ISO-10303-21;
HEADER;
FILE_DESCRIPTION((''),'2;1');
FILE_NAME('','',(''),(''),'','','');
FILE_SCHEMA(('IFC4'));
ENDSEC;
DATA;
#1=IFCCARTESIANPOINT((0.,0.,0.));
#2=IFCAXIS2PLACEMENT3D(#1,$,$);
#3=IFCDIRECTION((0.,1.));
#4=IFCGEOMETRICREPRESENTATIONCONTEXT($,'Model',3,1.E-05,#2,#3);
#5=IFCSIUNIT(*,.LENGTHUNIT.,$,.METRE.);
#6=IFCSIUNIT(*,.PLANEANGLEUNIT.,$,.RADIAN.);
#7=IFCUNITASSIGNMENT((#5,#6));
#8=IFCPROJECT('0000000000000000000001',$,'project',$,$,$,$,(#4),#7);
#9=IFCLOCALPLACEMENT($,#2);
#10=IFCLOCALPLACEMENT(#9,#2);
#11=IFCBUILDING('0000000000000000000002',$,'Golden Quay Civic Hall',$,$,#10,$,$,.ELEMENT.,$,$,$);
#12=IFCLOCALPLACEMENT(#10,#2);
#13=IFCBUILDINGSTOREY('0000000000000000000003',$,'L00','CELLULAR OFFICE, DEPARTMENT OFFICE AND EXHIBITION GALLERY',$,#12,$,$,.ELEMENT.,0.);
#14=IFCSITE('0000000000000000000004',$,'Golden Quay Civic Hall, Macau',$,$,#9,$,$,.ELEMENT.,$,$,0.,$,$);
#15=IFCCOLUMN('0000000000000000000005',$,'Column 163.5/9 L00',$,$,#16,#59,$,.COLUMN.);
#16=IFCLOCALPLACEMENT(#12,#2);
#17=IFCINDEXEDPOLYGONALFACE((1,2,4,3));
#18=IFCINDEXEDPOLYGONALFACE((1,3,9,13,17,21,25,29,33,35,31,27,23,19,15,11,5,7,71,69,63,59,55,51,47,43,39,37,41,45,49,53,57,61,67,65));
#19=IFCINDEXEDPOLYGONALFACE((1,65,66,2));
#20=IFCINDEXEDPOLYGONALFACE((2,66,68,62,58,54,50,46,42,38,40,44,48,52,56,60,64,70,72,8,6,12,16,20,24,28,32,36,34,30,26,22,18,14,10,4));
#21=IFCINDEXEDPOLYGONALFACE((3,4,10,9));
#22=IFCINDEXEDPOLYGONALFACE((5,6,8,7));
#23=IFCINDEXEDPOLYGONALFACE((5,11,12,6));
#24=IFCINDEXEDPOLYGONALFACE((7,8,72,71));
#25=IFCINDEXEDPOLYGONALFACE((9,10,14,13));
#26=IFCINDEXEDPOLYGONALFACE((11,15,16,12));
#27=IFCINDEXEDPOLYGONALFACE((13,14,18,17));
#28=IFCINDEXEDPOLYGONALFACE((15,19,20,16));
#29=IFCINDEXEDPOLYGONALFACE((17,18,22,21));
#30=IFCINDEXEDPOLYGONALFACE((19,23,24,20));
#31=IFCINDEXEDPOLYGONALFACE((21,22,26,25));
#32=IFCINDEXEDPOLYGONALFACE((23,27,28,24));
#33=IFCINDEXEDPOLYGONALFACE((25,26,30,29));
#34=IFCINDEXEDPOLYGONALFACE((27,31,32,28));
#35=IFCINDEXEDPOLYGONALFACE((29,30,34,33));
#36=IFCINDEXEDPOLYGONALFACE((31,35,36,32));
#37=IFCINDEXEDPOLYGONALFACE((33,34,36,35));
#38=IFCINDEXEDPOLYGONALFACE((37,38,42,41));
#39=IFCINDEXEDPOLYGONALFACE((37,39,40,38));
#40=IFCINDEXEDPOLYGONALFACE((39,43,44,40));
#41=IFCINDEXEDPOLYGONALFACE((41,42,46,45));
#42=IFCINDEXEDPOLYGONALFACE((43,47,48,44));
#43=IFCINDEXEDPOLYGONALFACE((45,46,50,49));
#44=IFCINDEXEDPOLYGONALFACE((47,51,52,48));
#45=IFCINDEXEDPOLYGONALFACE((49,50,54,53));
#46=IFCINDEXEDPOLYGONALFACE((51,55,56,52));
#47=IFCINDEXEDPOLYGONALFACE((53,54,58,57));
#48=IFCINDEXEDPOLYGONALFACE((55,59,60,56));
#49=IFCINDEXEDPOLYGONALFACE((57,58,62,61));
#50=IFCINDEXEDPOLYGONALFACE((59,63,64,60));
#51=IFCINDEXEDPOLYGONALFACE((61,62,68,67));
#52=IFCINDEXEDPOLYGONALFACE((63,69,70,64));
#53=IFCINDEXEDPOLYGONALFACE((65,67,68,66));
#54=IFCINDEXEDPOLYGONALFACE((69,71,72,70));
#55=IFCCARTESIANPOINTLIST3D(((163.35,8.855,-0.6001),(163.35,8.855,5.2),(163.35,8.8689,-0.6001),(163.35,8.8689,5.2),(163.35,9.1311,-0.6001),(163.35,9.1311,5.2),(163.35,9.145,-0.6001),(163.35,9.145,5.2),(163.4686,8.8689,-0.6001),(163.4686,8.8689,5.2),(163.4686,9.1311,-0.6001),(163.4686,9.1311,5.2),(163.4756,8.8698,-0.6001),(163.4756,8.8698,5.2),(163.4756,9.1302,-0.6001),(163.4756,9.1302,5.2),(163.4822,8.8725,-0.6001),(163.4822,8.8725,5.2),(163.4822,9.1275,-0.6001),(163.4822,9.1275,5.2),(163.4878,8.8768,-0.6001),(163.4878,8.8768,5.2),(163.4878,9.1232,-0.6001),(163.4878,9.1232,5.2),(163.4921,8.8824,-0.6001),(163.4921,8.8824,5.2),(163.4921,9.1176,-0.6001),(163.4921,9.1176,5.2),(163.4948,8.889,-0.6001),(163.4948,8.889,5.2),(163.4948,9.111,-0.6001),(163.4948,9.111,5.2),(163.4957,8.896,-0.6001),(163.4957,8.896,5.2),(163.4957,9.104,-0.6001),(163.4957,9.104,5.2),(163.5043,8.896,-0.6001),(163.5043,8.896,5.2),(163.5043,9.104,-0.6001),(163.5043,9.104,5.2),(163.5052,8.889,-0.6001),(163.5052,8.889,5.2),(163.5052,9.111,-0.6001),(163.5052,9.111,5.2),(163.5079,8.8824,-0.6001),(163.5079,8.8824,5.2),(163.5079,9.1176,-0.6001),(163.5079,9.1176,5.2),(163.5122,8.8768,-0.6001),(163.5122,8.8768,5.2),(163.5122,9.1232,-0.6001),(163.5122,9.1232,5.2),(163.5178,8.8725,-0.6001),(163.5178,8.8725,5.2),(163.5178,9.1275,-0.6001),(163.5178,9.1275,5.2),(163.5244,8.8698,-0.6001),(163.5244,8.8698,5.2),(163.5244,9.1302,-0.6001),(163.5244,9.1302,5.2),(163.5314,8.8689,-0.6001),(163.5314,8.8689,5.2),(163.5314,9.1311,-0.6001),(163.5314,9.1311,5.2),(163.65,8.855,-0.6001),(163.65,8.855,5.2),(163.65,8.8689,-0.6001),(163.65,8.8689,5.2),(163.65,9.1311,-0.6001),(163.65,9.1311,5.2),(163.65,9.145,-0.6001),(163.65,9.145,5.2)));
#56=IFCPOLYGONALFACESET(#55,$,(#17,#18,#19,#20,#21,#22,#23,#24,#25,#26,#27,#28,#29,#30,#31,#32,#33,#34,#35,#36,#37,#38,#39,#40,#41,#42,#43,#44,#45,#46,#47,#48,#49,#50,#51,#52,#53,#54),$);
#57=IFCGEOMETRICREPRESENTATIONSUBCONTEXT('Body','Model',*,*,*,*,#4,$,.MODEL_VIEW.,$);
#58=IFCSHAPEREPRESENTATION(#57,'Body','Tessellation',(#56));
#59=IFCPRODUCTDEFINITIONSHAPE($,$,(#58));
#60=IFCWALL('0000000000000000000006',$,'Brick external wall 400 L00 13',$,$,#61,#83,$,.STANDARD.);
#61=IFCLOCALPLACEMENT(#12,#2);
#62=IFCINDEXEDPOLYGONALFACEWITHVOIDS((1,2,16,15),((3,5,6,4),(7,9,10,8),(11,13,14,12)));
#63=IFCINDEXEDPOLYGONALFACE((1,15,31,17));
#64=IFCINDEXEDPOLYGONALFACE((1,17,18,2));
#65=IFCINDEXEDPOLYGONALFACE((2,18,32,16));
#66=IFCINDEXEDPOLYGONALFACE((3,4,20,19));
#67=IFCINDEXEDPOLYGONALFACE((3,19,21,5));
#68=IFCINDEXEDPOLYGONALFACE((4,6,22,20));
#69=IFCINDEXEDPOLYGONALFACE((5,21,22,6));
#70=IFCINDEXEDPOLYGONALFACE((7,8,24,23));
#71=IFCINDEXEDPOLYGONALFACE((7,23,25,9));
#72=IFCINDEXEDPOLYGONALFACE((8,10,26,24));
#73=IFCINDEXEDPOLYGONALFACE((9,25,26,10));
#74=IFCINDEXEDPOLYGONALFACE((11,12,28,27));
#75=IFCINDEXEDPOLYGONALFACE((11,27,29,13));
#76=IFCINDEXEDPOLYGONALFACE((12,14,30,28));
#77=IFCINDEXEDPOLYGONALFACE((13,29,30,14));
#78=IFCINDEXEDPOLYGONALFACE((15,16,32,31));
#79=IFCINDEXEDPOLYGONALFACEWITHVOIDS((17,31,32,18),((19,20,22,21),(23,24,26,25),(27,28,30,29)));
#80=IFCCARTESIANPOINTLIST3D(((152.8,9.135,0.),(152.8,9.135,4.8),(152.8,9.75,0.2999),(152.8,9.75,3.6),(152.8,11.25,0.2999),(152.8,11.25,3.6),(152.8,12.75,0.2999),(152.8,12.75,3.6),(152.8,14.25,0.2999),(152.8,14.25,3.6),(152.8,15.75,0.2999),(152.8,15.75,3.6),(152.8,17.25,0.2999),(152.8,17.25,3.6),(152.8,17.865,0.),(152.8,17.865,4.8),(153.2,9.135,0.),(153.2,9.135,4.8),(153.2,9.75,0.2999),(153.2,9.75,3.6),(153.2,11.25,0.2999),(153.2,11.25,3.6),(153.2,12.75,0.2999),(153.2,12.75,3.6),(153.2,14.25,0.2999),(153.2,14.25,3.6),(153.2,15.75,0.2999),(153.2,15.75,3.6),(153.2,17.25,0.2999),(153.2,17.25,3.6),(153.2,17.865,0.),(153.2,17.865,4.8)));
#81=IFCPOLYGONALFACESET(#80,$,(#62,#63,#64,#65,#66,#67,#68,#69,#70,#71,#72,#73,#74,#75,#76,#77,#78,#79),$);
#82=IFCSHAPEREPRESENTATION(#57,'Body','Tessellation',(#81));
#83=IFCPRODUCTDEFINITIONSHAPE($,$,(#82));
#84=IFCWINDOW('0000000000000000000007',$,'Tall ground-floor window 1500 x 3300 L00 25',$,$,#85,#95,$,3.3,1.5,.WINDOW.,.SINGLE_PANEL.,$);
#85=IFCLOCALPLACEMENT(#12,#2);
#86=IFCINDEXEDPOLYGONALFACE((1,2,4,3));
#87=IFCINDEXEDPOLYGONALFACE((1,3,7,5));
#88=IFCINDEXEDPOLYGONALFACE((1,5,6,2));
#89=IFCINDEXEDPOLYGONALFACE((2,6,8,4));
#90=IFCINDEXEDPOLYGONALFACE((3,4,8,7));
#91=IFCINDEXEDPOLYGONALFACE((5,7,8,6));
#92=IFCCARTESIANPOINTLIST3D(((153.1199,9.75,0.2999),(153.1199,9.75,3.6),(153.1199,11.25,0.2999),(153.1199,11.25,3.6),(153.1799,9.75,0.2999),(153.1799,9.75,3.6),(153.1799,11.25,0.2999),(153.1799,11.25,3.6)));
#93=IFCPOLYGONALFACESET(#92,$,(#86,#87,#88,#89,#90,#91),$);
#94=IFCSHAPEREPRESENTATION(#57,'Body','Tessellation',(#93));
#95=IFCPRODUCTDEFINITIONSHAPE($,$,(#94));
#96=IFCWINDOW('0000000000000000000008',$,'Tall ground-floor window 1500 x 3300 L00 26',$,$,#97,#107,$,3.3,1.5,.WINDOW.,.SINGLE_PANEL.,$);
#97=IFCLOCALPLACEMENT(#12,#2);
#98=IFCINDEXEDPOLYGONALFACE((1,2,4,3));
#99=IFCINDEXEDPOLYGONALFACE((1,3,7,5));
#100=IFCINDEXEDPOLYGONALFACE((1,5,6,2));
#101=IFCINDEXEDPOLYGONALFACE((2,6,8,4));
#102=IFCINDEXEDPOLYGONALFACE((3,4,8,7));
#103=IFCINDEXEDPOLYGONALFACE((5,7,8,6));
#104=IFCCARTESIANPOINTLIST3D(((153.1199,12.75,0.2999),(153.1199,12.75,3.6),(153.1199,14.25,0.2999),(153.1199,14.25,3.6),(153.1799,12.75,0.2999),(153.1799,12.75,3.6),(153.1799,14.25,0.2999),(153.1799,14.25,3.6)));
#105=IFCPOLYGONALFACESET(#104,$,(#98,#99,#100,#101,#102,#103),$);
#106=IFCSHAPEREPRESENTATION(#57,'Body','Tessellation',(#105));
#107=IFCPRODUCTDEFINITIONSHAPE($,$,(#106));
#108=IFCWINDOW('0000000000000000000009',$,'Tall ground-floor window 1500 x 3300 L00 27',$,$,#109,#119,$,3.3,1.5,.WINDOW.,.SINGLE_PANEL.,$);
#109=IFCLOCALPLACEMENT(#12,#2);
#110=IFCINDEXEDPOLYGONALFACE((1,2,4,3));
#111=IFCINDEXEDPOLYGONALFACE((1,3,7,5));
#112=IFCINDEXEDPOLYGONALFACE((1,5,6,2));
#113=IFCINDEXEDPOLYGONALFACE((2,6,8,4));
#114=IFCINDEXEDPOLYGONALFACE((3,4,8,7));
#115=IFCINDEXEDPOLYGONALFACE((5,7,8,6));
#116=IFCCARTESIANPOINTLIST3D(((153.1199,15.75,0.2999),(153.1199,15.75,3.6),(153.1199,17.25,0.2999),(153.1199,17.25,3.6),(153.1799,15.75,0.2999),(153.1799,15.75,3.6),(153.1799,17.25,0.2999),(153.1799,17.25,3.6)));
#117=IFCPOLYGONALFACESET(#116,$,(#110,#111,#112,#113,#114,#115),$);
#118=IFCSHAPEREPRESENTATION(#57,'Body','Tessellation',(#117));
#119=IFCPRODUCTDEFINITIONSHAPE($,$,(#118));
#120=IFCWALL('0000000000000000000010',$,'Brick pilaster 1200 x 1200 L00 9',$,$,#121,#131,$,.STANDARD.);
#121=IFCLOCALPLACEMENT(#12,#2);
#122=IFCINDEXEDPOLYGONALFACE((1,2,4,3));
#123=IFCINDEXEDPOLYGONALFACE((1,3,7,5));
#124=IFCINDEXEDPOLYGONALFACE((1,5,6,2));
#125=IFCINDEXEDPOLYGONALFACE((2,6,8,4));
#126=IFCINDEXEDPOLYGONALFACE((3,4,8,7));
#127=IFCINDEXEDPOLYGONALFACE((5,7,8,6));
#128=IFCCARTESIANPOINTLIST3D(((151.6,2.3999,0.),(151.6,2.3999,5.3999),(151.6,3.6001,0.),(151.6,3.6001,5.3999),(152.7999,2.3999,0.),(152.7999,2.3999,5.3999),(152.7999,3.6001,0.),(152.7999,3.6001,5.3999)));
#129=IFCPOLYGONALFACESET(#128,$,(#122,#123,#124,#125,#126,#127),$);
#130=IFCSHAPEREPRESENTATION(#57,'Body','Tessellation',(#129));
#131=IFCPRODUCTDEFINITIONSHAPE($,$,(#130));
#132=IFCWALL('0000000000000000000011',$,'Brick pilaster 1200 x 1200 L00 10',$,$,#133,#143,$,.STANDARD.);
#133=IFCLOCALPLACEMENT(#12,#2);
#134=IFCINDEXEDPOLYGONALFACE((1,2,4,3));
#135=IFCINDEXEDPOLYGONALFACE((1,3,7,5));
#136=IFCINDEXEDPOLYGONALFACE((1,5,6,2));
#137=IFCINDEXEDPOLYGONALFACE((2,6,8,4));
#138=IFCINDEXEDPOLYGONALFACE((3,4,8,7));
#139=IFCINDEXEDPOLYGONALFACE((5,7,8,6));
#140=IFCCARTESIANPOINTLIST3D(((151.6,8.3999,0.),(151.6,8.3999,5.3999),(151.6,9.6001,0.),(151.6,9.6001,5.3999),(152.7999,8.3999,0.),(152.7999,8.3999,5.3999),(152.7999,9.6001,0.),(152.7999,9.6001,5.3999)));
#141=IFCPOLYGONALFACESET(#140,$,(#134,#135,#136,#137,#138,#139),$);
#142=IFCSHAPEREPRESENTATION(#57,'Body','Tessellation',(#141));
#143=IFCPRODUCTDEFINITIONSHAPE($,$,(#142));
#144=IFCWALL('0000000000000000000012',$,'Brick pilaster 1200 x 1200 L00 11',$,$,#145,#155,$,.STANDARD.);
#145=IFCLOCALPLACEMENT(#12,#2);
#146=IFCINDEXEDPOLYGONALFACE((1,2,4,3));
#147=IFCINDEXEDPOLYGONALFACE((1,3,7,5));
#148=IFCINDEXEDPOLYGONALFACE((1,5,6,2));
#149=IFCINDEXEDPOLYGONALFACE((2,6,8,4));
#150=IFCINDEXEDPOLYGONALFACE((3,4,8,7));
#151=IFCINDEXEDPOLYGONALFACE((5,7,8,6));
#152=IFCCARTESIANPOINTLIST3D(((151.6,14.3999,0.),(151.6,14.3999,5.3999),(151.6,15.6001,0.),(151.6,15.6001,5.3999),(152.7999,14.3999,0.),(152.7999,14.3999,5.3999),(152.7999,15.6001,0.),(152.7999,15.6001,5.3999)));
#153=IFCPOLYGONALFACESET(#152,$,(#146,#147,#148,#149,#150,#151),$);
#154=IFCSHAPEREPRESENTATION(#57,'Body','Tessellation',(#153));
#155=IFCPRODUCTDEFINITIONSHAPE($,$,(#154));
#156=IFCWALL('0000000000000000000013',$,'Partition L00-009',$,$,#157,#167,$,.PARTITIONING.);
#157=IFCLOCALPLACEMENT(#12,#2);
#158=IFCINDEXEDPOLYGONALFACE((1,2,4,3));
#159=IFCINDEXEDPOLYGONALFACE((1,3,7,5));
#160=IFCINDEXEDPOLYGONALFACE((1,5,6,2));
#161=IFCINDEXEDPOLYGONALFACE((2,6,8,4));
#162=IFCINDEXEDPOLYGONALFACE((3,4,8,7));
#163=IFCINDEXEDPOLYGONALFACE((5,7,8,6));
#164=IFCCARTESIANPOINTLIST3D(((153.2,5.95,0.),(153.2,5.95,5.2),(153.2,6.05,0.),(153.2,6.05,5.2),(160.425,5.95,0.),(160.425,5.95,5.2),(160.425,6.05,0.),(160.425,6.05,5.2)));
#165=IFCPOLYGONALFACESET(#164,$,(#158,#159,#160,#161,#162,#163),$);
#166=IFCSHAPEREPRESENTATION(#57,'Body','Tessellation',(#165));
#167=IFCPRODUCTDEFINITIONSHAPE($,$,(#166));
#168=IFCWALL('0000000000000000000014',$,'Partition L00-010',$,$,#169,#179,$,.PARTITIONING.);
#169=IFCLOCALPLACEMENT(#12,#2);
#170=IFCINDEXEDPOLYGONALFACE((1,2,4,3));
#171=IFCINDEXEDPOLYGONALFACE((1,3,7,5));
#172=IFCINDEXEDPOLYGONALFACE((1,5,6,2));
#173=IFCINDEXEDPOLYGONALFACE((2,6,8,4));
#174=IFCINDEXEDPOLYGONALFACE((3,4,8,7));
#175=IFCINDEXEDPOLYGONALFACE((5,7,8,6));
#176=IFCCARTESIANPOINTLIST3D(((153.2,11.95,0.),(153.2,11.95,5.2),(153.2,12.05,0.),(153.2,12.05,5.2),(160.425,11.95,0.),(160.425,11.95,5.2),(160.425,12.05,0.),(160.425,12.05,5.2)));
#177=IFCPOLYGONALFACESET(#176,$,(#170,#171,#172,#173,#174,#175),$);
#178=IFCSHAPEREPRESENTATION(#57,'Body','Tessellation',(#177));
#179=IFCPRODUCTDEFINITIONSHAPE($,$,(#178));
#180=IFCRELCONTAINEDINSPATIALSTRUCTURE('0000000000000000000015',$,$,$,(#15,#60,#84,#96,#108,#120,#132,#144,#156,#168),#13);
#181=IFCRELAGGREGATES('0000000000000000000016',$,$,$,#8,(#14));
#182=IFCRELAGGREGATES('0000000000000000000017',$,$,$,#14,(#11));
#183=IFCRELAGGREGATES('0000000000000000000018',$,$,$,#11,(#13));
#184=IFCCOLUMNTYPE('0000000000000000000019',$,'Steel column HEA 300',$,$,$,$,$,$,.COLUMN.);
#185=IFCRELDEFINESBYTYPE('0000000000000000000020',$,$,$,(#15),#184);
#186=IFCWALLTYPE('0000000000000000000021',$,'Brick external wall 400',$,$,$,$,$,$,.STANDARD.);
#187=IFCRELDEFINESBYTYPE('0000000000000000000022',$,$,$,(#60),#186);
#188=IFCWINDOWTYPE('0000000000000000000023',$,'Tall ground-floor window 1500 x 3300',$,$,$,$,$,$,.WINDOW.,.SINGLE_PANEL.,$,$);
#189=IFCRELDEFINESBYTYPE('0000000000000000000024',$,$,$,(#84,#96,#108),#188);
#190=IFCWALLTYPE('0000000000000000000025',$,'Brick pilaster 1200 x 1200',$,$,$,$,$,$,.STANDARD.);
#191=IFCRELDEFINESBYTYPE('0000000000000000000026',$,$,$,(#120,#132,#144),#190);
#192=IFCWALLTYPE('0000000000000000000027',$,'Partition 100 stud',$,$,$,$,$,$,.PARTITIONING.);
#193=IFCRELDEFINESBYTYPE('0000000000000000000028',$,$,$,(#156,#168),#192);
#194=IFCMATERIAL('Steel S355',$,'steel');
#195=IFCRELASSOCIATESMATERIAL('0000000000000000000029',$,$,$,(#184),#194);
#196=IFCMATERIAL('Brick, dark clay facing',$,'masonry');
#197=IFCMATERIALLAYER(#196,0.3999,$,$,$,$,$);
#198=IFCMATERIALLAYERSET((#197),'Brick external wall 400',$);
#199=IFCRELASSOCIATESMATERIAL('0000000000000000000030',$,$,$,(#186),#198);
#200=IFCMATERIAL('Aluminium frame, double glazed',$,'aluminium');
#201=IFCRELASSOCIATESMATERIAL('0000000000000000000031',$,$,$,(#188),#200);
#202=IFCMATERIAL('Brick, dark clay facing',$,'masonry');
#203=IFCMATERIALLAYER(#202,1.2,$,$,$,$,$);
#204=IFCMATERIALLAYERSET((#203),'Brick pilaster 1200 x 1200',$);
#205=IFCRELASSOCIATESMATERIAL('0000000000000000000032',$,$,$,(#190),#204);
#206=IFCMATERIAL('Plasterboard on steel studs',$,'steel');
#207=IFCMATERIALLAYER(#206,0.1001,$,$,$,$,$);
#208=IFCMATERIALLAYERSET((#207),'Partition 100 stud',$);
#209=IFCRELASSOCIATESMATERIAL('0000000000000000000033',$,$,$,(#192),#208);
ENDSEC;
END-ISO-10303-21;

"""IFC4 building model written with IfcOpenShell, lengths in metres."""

from ifc_helpers import new_model, si_unit, direction, frame, frame_2d, origin, origin_2d, place, context, subcontext, project, spatial, rectangle, i_section, extrude, material, layer, layer_set, material_profile, profile_set, type_object, element, fill, save


model = new_model("IFC4")

# Units and contexts
model_context = context("Model", 3, precision=1e-05, world=origin(), true_north=direction((0.0, 1.0)))
body_context = subcontext(model_context, "Body", "Model", "MODEL_VIEW")
ifc_project = project(units=[si_unit("LENGTHUNIT", "METRE"), si_unit("PLANEANGLEUNIT", "RADIAN")], contexts=[model_context])

# Site, building, storey
site_placement = place(None, origin())
site = spatial("IfcSite", under=ifc_project, at=site_placement, Name="Golden Quay Civic Hall, Macau", CompositionType="ELEMENT", RefElevation=0.0)
building_placement = place(site_placement, origin())
building = spatial("IfcBuilding", under=site, at=building_placement, Name="Golden Quay Civic Hall", CompositionType="ELEMENT")
storey_placement = place(building_placement, origin())
storey = spatial("IfcBuildingStorey", under=building, at=storey_placement, Name="L00", Description="CELLULAR OFFICE, DEPARTMENT OFFICE AND EXHIBITION GALLERY", CompositionType="ELEMENT", Elevation=0.0)

# Column
ifc_material_1 = material(Name="Steel S355", Category="steel")
ifc_material_profile_1 = material_profile(ifc_material_1, i_section(OverallWidth=0.3, OverallDepth=0.29, WebThickness=0.0085, FlangeThickness=0.0139, FilletRadius=0.0271, at=origin_2d()), Name="HEA 300")
ifc_profile_set_1 = profile_set([ifc_material_profile_1], Name="Steel S355")
column_type_1 = type_object("IfcColumnType", Name="Steel column HEA 300", PredefinedType="COLUMN", material=ifc_profile_set_1)
for number, where, z_axis, x_axis, name in (
    (1, (163.5, 9.0, -0.6001), (0.0, 0.0, 1.0), (1.0, 0.0, 0.0), "Column 163.5/9 L00"),
):
    element("IfcColumn", number, at=place(storey_placement, frame(where, z_axis=z_axis, x_axis=x_axis)), inside=storey, type_object=column_type_1, Name=name, PredefinedType="COLUMN", context=body_context, shape_type="SweptSolid", body=[
        extrude(i_section(OverallWidth=0.3, OverallDepth=0.29, WebThickness=0.0085, FlangeThickness=0.0139, FilletRadius=0.0271, at=origin_2d()), origin(), (0.0, 0.0, 1.0), 5.8),
    ])

# Wall, openings, windows
ifc_material_2 = material(Name="Brick, dark clay facing", Category="masonry")
ifc_layer_1 = layer(ifc_material_2, 0.3999)
ifc_layer_set_1 = layer_set([ifc_layer_1], Name="Brick external wall 400")
wall_type_1 = type_object("IfcWallType", Name="Brick external wall 400", PredefinedType="STANDARD", material=ifc_layer_set_1)
wall_1_placement = place(storey_placement, frame((153.0, 9.135, 0.0), z_axis=(0.0, 0.0, 1.0), x_axis=(0.0, 1.0, 0.0)))
wall_1 = element("IfcWall", 2, at=wall_1_placement, inside=storey, type_object=wall_type_1, Name="Brick external wall 400 L00 13", PredefinedType="STANDARD", context=body_context, shape_type="SweptSolid", body=[
    extrude(rectangle(XDim=8.73, YDim=0.3999, at=frame_2d((4.365, 0.0))), origin(), (0.0, 0.0, 1.0), 4.8),
])
opening_1_placement = place(wall_1_placement, frame((0.615, 0.0, 0.3)))
opening_1 = element("IfcOpeningElement", 3, at=opening_1_placement, cuts=wall_1, PredefinedType="OPENING", context=body_context, shape_type="SweptSolid", body=[
    extrude(rectangle(XDim=1.5, YDim=3.3, at=frame_2d((0.75, 1.6499))), frame((0.0, 0.21, 0.0), z_axis=(0.0, -1.0, 0.0), x_axis=(1.0, 0.0, 0.0)), (0.0, 0.0, 1.0), 0.4199),
])
opening_2_placement = place(wall_1_placement, frame((3.615, 0.0, 0.3)))
opening_2 = element("IfcOpeningElement", 4, at=opening_2_placement, cuts=wall_1, PredefinedType="OPENING", context=body_context, shape_type="SweptSolid", body=[
    extrude(rectangle(XDim=1.5, YDim=3.3, at=frame_2d((0.75, 1.6499))), frame((0.0, 0.21, 0.0), z_axis=(0.0, -1.0, 0.0), x_axis=(1.0, 0.0, 0.0)), (0.0, 0.0, 1.0), 0.4199),
])
opening_3_placement = place(wall_1_placement, frame((6.615, 0.0, 0.3)))
opening_3 = element("IfcOpeningElement", 5, at=opening_3_placement, cuts=wall_1, PredefinedType="OPENING", context=body_context, shape_type="SweptSolid", body=[
    extrude(rectangle(XDim=1.5, YDim=3.3, at=frame_2d((0.75, 1.6499))), frame((0.0, 0.21, 0.0), z_axis=(0.0, -1.0, 0.0), x_axis=(1.0, 0.0, 0.0)), (0.0, 0.0, 1.0), 0.4199),
])
ifc_material_3 = material(Name="Aluminium frame, double glazed", Category="aluminium")
window_type = type_object("IfcWindowType", Name="Tall ground-floor window 1500 x 3300", PartitioningType="SINGLE_PANEL", PredefinedType="WINDOW", material=ifc_material_3)
window_1_placement = place(opening_1_placement, origin())
window_1 = element("IfcWindow", 6, at=window_1_placement, inside=storey, type_object=window_type, Name="Tall ground-floor window 1500 x 3300 L00 25", OverallHeight=3.3, OverallWidth=1.5, PartitioningType="SINGLE_PANEL", PredefinedType="WINDOW", context=body_context, shape_type="SweptSolid", body=[
    extrude(rectangle(XDim=1.5, YDim=3.3, at=frame_2d((0.75, 1.6499))), frame((0.0, -0.1199, 0.0), z_axis=(0.0, -1.0, 0.0), x_axis=(1.0, 0.0, 0.0)), (0.0, 0.0, 1.0), 0.0601),
])
fill(opening_1, window_1)
window_2_placement = place(opening_2_placement, origin())
window_2 = element("IfcWindow", 7, at=window_2_placement, inside=storey, type_object=window_type, Name="Tall ground-floor window 1500 x 3300 L00 26", OverallHeight=3.3, OverallWidth=1.5, PartitioningType="SINGLE_PANEL", PredefinedType="WINDOW", context=body_context, shape_type="SweptSolid", body=[
    extrude(rectangle(XDim=1.5, YDim=3.3, at=frame_2d((0.75, 1.6499))), frame((0.0, -0.1199, 0.0), z_axis=(0.0, -1.0, 0.0), x_axis=(1.0, 0.0, 0.0)), (0.0, 0.0, 1.0), 0.0601),
])
fill(opening_2, window_2)
window_3_placement = place(opening_3_placement, origin())
window_3 = element("IfcWindow", 8, at=window_3_placement, inside=storey, type_object=window_type, Name="Tall ground-floor window 1500 x 3300 L00 27", OverallHeight=3.3, OverallWidth=1.5, PartitioningType="SINGLE_PANEL", PredefinedType="WINDOW", context=body_context, shape_type="SweptSolid", body=[
    extrude(rectangle(XDim=1.5, YDim=3.3, at=frame_2d((0.75, 1.6499))), frame((0.0, -0.1199, 0.0), z_axis=(0.0, -1.0, 0.0), x_axis=(1.0, 0.0, 0.0)), (0.0, 0.0, 1.0), 0.0601),
])
fill(opening_3, window_3)

# Walls
ifc_material_4 = material(Name="Brick, dark clay facing", Category="masonry")
ifc_layer_2 = layer(ifc_material_4, 1.2)
ifc_layer_set_2 = layer_set([ifc_layer_2], Name="Brick pilaster 1200 x 1200")
wall_type_2 = type_object("IfcWallType", Name="Brick pilaster 1200 x 1200", PredefinedType="STANDARD", material=ifc_layer_set_2)
for number, where, z_axis, x_axis, name in (
    (9, (152.2, 2.3999, 0.0), (0.0, 0.0, 1.0), (0.0, 1.0, 0.0), "Brick pilaster 1200 x 1200 L00 9"),
    (10, (152.2, 8.3999, 0.0), (0.0, 0.0, 1.0), (0.0, 1.0, 0.0), "Brick pilaster 1200 x 1200 L00 10"),
    (11, (152.2, 14.3999, 0.0), (0.0, 0.0, 1.0), (0.0, 1.0, 0.0), "Brick pilaster 1200 x 1200 L00 11"),
):
    element("IfcWall", number, at=place(storey_placement, frame(where, z_axis=z_axis, x_axis=x_axis)), inside=storey, type_object=wall_type_2, Name=name, PredefinedType="STANDARD", context=body_context, shape_type="SweptSolid", body=[
        extrude(rectangle(XDim=1.2002, YDim=1.2, at=frame_2d((0.6001, 0.0))), origin(), (0.0, 0.0, 1.0), 5.3999),
    ])
ifc_material_5 = material(Name="Plasterboard on steel studs", Category="steel")
ifc_layer_3 = layer(ifc_material_5, 0.1001)
ifc_layer_set_3 = layer_set([ifc_layer_3], Name="Partition 100 stud")
wall_type_3 = type_object("IfcWallType", Name="Partition 100 stud", PredefinedType="PARTITIONING", material=ifc_layer_set_3)
for number, where, z_axis, x_axis, name in (
    (12, (153.2, 6.0, 0.0), (0.0, 0.0, 1.0), (1.0, 0.0, 0.0), "Partition L00-009"),
    (13, (153.2, 12.0, 0.0), (0.0, 0.0, 1.0), (1.0, 0.0, 0.0), "Partition L00-010"),
):
    element("IfcWall", number, at=place(storey_placement, frame(where, z_axis=z_axis, x_axis=x_axis)), inside=storey, type_object=wall_type_3, Name=name, PredefinedType="PARTITIONING", context=body_context, shape_type="SweptSolid", body=[
        extrude(rectangle(XDim=7.2251, YDim=0.1001, at=frame_2d((3.6125, 0.0))), origin(), (0.0, 0.0, 1.0), 5.2),
    ])

save(model, "model.ifc")
